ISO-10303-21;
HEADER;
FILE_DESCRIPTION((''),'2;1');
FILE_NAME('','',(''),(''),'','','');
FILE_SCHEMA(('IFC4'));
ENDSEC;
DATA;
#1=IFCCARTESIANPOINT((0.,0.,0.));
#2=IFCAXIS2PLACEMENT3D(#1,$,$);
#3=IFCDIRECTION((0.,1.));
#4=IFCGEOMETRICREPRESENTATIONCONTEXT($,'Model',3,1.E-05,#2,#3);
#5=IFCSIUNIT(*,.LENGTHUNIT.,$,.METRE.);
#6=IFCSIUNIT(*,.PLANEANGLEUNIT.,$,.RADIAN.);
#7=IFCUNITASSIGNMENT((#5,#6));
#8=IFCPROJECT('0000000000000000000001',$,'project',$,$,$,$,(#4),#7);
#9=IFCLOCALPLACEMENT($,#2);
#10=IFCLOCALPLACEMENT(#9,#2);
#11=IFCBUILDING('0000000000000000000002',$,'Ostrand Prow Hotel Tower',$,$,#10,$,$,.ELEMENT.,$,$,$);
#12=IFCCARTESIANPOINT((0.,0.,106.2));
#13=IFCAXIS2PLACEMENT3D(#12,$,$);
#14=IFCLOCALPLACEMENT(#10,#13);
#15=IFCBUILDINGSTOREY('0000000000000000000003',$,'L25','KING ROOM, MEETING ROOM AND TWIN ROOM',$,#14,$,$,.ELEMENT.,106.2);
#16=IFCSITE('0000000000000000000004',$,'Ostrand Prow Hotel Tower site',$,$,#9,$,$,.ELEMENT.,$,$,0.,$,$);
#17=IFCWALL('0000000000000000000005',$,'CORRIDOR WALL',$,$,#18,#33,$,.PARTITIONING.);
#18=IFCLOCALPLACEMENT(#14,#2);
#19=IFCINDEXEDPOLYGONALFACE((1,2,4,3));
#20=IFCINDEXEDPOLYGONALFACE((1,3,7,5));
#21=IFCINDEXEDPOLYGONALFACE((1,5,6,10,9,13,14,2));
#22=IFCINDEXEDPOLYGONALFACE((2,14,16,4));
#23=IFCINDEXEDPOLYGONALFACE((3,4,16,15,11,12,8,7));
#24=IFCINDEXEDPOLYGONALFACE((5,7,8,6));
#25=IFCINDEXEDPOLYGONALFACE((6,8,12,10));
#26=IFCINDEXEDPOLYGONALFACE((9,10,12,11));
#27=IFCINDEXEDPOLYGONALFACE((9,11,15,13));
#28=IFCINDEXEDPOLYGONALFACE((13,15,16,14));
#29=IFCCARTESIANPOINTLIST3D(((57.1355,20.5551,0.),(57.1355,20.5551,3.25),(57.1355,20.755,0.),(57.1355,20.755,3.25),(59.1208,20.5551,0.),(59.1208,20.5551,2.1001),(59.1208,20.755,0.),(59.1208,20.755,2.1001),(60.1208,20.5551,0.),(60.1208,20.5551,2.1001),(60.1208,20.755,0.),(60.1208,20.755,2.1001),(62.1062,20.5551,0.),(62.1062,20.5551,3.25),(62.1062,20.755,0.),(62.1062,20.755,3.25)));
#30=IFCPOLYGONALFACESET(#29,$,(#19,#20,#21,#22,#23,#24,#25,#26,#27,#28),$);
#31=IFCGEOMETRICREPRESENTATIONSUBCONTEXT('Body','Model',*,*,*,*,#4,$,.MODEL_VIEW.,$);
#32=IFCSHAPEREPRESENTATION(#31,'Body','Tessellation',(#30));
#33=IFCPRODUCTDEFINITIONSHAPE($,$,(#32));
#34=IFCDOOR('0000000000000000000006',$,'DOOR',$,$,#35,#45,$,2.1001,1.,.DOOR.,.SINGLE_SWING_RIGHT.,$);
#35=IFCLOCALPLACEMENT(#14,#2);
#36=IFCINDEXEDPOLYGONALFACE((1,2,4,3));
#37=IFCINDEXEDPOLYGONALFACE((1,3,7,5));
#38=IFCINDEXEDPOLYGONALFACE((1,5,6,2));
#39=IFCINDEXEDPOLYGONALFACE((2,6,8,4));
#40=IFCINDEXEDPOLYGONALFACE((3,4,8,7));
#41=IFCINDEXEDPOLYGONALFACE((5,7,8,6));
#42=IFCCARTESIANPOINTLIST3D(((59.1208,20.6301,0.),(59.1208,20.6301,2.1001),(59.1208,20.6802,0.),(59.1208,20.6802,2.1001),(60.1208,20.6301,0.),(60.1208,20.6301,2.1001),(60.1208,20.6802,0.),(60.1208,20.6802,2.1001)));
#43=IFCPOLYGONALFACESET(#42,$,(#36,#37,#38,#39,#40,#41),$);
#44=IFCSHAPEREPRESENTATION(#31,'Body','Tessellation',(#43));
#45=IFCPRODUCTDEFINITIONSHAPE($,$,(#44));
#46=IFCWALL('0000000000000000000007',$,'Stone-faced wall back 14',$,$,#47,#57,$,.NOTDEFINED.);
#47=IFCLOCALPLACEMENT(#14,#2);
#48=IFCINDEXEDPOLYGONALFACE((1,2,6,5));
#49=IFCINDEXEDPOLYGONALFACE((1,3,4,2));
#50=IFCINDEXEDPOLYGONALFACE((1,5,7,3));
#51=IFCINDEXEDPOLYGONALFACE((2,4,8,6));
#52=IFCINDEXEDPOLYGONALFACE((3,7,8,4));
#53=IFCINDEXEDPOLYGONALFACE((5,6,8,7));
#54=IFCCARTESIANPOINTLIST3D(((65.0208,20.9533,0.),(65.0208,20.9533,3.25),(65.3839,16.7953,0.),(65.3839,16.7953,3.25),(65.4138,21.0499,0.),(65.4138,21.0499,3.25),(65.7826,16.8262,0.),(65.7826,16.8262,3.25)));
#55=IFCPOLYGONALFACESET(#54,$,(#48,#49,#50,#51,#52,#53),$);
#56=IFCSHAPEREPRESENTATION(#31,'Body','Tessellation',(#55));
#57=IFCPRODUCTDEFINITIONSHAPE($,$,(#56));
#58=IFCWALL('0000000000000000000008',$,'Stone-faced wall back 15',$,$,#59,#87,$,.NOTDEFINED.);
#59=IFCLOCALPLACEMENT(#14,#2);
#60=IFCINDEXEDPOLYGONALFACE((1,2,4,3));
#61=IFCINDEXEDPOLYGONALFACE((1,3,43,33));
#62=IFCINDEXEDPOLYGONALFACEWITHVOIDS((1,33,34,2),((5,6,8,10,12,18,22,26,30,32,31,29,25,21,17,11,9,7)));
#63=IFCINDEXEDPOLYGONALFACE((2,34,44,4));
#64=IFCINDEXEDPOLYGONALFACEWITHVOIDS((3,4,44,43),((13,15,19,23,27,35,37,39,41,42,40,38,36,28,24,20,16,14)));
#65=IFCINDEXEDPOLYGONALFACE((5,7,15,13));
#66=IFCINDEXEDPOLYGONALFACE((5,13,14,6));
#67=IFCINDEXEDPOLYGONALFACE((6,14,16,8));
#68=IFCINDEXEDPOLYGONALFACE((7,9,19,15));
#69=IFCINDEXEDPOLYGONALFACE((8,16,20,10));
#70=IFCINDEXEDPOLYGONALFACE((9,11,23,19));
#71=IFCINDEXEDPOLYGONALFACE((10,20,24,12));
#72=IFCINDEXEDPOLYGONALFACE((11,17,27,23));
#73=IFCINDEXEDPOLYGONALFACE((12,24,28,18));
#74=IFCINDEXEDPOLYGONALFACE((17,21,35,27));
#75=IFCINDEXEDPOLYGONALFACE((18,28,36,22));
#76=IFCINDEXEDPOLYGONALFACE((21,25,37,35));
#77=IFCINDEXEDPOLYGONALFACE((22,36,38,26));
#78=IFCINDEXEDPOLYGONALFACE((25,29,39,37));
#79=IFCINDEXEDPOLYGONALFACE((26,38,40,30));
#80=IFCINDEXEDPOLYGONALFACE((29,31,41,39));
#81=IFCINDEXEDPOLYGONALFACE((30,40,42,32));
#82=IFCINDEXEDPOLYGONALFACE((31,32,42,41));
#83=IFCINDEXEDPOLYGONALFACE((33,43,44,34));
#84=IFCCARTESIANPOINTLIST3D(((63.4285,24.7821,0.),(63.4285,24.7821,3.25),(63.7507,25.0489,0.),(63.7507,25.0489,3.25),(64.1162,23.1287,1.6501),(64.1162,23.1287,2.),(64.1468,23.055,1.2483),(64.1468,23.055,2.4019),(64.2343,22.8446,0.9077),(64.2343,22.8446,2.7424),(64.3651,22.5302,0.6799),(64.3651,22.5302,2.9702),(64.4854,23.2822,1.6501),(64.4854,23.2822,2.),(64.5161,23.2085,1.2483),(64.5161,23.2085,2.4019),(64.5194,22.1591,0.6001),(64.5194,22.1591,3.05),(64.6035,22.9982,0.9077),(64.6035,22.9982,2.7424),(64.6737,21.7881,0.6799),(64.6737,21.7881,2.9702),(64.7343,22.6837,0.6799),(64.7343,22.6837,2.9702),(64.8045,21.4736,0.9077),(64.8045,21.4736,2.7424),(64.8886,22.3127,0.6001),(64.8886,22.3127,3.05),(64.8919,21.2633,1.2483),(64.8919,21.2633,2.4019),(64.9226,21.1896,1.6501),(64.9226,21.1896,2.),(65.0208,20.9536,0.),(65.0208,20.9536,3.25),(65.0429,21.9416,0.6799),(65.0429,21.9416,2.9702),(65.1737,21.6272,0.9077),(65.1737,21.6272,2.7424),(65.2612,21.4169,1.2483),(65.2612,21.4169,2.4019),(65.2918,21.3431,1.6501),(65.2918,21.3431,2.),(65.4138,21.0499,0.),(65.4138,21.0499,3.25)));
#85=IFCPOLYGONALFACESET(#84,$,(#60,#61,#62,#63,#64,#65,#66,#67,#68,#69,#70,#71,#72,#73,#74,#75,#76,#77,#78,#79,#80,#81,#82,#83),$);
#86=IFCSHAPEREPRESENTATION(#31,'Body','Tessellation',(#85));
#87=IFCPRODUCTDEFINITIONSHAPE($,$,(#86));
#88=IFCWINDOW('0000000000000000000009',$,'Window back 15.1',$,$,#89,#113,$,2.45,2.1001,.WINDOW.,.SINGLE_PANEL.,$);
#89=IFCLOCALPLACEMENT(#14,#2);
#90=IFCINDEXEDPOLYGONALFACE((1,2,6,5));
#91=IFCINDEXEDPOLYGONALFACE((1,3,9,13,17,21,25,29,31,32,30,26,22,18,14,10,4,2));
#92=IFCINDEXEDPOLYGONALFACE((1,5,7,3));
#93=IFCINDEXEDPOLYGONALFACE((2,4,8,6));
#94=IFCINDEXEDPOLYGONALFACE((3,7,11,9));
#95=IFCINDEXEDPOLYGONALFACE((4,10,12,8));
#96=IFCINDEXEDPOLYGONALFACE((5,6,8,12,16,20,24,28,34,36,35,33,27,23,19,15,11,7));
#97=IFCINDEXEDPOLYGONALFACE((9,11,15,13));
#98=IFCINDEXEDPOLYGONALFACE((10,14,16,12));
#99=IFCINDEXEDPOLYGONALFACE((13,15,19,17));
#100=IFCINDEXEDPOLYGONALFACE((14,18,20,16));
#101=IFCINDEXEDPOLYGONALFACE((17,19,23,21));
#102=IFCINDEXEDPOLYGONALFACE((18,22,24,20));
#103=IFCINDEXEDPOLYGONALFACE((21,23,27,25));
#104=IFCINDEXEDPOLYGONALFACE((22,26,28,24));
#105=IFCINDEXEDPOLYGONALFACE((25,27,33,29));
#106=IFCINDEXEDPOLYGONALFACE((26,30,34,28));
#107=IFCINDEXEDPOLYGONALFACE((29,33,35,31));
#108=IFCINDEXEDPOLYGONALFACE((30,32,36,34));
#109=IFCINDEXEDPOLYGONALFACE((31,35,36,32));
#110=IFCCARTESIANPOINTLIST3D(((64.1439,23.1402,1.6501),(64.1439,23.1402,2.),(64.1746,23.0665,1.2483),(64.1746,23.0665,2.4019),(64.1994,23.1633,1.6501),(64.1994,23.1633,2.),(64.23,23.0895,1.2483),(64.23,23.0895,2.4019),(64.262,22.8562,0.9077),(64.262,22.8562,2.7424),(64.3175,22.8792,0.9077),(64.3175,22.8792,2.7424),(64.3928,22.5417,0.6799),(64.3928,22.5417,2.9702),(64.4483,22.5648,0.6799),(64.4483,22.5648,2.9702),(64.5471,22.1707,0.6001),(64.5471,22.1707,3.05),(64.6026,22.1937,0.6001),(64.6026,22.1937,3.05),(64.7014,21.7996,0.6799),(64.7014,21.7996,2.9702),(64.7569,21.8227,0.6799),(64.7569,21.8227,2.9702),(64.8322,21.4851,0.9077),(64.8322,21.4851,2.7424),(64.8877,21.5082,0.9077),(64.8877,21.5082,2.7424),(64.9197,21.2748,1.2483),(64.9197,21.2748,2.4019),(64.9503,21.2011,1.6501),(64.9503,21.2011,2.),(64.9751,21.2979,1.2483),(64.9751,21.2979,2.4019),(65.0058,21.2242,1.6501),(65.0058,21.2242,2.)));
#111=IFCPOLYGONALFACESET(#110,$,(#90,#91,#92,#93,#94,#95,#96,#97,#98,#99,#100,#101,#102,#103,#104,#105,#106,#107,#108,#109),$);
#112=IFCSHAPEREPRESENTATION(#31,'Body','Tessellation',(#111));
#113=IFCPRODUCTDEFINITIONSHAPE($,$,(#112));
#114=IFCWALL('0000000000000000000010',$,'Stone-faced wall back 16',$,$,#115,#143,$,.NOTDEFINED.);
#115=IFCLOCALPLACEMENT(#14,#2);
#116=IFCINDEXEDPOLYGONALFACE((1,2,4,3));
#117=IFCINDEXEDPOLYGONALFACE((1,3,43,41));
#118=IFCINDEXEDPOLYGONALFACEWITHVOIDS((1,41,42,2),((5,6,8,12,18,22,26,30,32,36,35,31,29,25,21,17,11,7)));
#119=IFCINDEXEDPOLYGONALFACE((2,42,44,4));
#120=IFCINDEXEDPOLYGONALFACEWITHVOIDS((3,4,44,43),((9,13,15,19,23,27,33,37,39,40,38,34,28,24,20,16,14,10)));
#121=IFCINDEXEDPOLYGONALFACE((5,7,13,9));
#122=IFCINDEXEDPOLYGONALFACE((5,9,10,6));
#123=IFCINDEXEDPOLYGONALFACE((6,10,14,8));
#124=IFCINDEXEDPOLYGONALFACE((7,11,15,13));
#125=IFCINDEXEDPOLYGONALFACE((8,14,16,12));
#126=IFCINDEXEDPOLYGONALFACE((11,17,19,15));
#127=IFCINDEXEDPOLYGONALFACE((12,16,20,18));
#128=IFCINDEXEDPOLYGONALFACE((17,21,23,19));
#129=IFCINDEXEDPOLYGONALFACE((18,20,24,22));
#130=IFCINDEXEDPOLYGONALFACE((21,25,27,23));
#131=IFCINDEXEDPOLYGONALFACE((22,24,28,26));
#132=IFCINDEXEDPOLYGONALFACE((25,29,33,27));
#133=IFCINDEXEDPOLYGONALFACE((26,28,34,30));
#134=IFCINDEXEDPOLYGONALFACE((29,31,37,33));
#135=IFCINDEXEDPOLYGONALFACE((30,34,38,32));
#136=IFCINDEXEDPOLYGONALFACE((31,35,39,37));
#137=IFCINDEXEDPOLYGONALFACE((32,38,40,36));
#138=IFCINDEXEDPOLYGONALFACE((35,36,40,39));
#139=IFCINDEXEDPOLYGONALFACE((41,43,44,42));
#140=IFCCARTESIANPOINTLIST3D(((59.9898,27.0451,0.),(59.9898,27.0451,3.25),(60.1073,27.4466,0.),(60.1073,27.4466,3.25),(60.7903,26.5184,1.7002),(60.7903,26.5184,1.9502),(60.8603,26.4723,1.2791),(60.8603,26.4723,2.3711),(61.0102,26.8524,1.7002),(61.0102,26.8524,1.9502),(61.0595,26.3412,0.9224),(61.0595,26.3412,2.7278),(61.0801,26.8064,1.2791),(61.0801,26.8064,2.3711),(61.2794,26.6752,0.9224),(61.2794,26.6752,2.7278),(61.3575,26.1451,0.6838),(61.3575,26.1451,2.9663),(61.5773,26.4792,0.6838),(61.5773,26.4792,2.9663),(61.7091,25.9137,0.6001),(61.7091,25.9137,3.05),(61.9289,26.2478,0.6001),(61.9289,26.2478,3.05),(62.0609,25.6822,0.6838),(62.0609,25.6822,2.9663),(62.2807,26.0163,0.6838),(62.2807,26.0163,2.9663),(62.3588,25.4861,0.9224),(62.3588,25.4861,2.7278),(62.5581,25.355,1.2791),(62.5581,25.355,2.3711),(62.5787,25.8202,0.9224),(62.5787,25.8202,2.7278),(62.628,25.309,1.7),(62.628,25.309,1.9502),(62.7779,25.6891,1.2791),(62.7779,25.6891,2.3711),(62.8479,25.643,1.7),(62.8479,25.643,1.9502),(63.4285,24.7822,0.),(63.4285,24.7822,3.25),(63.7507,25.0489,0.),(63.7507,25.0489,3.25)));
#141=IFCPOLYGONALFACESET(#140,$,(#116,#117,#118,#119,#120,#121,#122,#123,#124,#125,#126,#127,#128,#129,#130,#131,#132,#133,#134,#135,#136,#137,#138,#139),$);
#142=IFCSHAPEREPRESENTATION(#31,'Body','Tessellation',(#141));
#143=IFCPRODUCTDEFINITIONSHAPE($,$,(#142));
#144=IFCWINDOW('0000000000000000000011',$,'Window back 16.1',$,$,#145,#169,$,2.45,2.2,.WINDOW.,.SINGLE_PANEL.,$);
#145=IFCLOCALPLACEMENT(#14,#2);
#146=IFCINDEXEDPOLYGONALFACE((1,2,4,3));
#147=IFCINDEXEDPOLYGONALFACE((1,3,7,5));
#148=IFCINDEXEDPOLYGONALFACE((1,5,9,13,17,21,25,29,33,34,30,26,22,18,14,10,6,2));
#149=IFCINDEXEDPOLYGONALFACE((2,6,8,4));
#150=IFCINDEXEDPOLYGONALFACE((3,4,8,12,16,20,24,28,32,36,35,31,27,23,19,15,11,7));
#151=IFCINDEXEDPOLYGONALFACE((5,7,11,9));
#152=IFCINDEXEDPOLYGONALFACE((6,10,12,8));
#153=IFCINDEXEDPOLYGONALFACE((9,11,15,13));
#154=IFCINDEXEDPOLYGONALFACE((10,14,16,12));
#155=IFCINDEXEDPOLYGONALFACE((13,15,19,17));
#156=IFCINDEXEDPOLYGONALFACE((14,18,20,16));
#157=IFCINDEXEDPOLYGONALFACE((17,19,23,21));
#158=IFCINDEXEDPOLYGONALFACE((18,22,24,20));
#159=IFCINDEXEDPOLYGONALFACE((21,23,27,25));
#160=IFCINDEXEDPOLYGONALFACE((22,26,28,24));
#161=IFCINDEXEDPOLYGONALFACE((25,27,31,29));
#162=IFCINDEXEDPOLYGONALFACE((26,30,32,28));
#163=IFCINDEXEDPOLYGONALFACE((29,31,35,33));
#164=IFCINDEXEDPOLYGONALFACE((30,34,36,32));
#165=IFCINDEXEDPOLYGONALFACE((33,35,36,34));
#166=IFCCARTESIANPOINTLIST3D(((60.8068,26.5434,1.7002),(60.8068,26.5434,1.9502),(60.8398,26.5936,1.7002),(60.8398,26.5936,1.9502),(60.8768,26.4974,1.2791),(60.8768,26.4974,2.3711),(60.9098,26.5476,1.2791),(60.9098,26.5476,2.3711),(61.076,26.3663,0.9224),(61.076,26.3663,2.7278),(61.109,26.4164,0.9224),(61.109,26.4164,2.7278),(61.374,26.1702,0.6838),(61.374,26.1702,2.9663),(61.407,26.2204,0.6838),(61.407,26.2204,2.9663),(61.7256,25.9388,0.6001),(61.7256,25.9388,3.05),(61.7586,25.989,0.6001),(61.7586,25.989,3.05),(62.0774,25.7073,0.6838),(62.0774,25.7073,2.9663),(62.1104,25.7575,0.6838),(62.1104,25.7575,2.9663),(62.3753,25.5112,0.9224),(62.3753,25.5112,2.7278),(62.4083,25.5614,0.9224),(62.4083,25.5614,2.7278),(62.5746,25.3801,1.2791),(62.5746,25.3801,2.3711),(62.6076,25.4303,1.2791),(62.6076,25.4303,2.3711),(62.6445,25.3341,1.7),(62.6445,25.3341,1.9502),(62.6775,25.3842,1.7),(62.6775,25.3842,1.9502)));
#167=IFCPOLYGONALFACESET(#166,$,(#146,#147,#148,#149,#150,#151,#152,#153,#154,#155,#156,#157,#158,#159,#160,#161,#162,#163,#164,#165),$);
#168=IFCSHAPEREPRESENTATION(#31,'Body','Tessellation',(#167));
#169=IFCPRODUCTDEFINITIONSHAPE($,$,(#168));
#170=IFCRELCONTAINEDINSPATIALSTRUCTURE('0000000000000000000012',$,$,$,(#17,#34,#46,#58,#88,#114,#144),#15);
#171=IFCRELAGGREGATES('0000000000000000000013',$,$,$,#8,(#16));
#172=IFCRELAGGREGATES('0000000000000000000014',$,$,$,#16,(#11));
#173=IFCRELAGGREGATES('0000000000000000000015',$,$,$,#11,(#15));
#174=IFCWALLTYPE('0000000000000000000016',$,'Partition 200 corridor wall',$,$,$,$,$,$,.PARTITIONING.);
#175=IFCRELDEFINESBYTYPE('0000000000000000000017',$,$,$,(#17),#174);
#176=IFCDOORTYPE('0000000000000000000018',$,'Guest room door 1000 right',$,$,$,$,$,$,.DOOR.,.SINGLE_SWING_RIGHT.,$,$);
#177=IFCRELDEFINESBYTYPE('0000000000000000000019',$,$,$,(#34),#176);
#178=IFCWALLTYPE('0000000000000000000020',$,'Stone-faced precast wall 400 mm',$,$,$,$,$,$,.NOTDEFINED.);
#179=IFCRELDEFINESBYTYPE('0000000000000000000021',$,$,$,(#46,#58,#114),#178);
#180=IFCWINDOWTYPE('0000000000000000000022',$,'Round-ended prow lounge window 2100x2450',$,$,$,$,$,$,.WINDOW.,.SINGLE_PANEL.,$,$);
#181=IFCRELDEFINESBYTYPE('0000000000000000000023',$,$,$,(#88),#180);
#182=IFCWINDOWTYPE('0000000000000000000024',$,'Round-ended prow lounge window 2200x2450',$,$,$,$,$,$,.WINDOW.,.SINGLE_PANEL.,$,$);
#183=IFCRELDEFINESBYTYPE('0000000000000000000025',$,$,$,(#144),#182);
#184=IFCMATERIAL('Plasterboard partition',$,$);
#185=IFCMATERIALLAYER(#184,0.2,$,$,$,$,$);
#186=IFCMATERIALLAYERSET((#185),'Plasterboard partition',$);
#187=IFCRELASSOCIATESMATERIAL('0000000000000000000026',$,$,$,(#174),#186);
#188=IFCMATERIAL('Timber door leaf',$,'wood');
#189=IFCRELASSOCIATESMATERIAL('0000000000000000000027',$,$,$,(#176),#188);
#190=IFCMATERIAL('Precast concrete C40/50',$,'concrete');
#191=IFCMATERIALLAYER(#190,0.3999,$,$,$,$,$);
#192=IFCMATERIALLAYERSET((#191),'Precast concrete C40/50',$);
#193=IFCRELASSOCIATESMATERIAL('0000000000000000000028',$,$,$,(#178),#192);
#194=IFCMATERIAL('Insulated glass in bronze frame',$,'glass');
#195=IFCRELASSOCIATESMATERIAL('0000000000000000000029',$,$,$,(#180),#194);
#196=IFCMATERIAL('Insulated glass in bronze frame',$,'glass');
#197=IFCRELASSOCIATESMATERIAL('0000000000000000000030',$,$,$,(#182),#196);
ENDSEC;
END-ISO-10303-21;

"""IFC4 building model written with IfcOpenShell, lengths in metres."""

from ifc_helpers import new_model, si_unit, direction, frame, frame_2d, origin, place, context, subcontext, project, spatial, polyline, rectangle, outline, extrude, material, layer, layer_set, type_object, element, fill, save


model = new_model("IFC4")

# Units and contexts
model_context = context("Model", 3, precision=1e-05, world=origin(), true_north=direction((0.0, 1.0)))
body_context = subcontext(model_context, "Body", "Model", "MODEL_VIEW")
ifc_project = project(units=[si_unit("LENGTHUNIT", "METRE"), si_unit("PLANEANGLEUNIT", "RADIAN")], contexts=[model_context])

# Site, building, storey
site_placement = place(None, origin())
site = spatial("IfcSite", under=ifc_project, at=site_placement, Name="Ostrand Prow Hotel Tower site", CompositionType="ELEMENT", RefElevation=0.0)
building_placement = place(site_placement, origin())
building = spatial("IfcBuilding", under=site, at=building_placement, Name="Ostrand Prow Hotel Tower", CompositionType="ELEMENT")
storey_placement = place(building_placement, frame((0.0, 0.0, 106.2)))
storey = spatial("IfcBuildingStorey", under=building, at=storey_placement, Name="L25", Description="KING ROOM, MEETING ROOM AND TWIN ROOM", CompositionType="ELEMENT", Elevation=106.2)

# Wall, opening, door
ifc_material_1 = material(Name="Plasterboard partition")
ifc_layer_1 = layer(ifc_material_1, 0.2)
ifc_layer_set_1 = layer_set([ifc_layer_1], Name="Plasterboard partition")
wall_type_1 = type_object("IfcWallType", Name="Partition 200 corridor wall", PredefinedType="PARTITIONING", material=ifc_layer_set_1)
wall_1_placement = place(storey_placement, frame((62.1062, 20.655, 0.0), z_axis=(0.0, 0.0, 1.0), x_axis=(-1.0, 0.0, 0.0)))
wall_1 = element("IfcWall", 1, at=wall_1_placement, inside=storey, type_object=wall_type_1, Name="CORRIDOR WALL", PredefinedType="PARTITIONING", context=body_context, shape_type="SweptSolid", body=[
    extrude(rectangle(XDim=4.9707, YDim=0.2, at=frame_2d((2.4854, 0.0))), origin(), (0.0, 0.0, 1.0), 3.25),
])
opening_1_placement = place(wall_1_placement, frame((1.9854, 0.0, 0.0)))
opening_1 = element("IfcOpeningElement", 2, at=opening_1_placement, cuts=wall_1, PredefinedType="OPENING", context=body_context, shape_type="SweptSolid", body=[
    extrude(rectangle(XDim=1.0, YDim=2.1001, at=frame_2d((0.5, 1.05))), frame((0.0, 0.1099, 0.0), z_axis=(0.0, -1.0, 0.0), x_axis=(1.0, 0.0, 0.0)), (0.0, 0.0, 1.0), 0.22),
])
ifc_material_2 = material(Name="Timber door leaf", Category="wood")
door_type_1 = type_object("IfcDoorType", Name="Guest room door 1000 right", OperationType="SINGLE_SWING_RIGHT", PredefinedType="DOOR", material=ifc_material_2)
door_1_placement = place(opening_1_placement, origin())
door_1 = element("IfcDoor", 3, at=door_1_placement, inside=storey, type_object=door_type_1, Name="DOOR", OperationType="SINGLE_SWING_RIGHT", OverallHeight=2.1001, OverallWidth=1.0, PredefinedType="DOOR", context=body_context, shape_type="SweptSolid", body=[
    extrude(rectangle(XDim=1.0, YDim=2.1001, at=frame_2d((0.5, 1.05))), frame((0.0, 0.0249, 0.0), z_axis=(0.0, -1.0, 0.0), x_axis=(1.0, 0.0, 0.0)), (0.0, 0.0, 1.0), 0.05),
])
fill(opening_1, door_1)

# Wall
ifc_material_3 = material(Name="Precast concrete C40/50", Category="concrete")
ifc_layer_2 = layer(ifc_material_3, 0.3999)
ifc_layer_set_2 = layer_set([ifc_layer_2], Name="Precast concrete C40/50")
wall_type_2 = type_object("IfcWallType", Name="Stone-faced precast wall 400 mm", PredefinedType="NOTDEFINED", material=ifc_layer_set_2)
wall_2_placement = place(storey_placement, frame((65.5833, 16.8108, 0.0), z_axis=(0.0, 0.0, 1.0), x_axis=(-0.086993, 0.996209, 0.0)))
element("IfcWall", 4, at=wall_2_placement, inside=storey, type_object=wall_type_2, Name="Stone-faced wall back 14", PredefinedType="NOTDEFINED", context=body_context, shape_type="SweptSolid", body=[
    extrude(outline(polyline([(-0.002, -0.2), (4.2378, -0.2), (4.1758, 0.2), (0.002, 0.2), (-0.002, -0.2)])), origin(), (0.0, 0.0, 1.0), 3.25),
])

# Walls, openings, windows
wall_3_placement = place(storey_placement, frame((65.2173, 21.0017, 0.0), z_axis=(0.0, 0.0, 1.0), x_axis=(-0.383998, 0.923334, 0.0)))
wall_3 = element("IfcWall", 5, at=wall_3_placement, inside=storey, type_object=wall_type_2, Name="Stone-faced wall back 15", PredefinedType="NOTDEFINED", context=body_context, shape_type="SweptSolid", body=[
    extrude(outline(polyline([(-0.031, -0.2), (4.3, -0.2), (4.1775, 0.2), (0.031, 0.2), (-0.031, -0.2)])), origin(), (0.0, 0.0, 1.0), 3.25),
])
opening_2_placement = place(wall_3_placement, frame((0.2866, 0.0, 0.6001)))
opening_2 = element("IfcOpeningElement", 6, at=opening_2_placement, cuts=wall_3, PredefinedType="OPENING", context=body_context, shape_type="SweptSolid", body=[
    extrude(outline(polyline([(0.0, 1.3999), (0.0798, 1.8018), (0.3076, 2.1423), (0.6482, 2.3701), (1.05, 2.45), (1.4519, 2.3701), (1.7925, 2.1423), (2.0203, 1.8018), (2.1001, 1.3999), (2.1001, 1.05), (2.0203, 0.6482), (1.7925, 0.3076), (1.4519, 0.0798), (1.05, 0.0), (0.6482, 0.0798), (0.3076, 0.3076), (0.0798, 0.6482), (0.0, 1.05), (0.0, 1.3999)])), frame((0.0, 0.21, 0.0), z_axis=(0.0, -1.0, 0.0), x_axis=(1.0, 0.0, 0.0)), (0.0, 0.0, 1.0), 0.4199),
])
ifc_material_4 = material(Name="Insulated glass in bronze frame", Category="glass")
window_type_1 = type_object("IfcWindowType", Name="Round-ended prow lounge window 2100x2450", PartitioningType="SINGLE_PANEL", PredefinedType="WINDOW", material=ifc_material_4)
window_1_placement = place(opening_2_placement, origin())
window_1 = element("IfcWindow", 7, at=window_1_placement, inside=storey, type_object=window_type_1, Name="Window back 15.1", OverallHeight=2.45, OverallWidth=2.1001, PartitioningType="SINGLE_PANEL", PredefinedType="WINDOW", context=body_context, shape_type="SweptSolid", body=[
    extrude(outline(polyline([(0.0, 1.3999), (0.0798, 1.8018), (0.3076, 2.1423), (0.6482, 2.3701), (1.05, 2.45), (1.4519, 2.3701), (1.7925, 2.1423), (2.0203, 1.8018), (2.1001, 1.3999), (2.1001, 1.05), (2.0203, 0.6482), (1.7925, 0.3076), (1.4519, 0.0798), (1.05, 0.0), (0.6482, 0.0798), (0.3076, 0.3076), (0.0798, 0.6482), (0.0, 1.05), (0.0, 1.3999)])), frame((0.0, 0.1699, 0.0), z_axis=(0.0, -1.0, 0.0), x_axis=(1.0, 0.0, 0.0)), (0.0, 0.0, 1.0), 0.0601),
])
fill(opening_2, window_1)
wall_4_placement = place(storey_placement, frame((63.5896, 24.9155, 0.0), z_axis=(0.0, 0.0, 1.0), x_axis=(-0.835341, 0.549733, 0.0)))
wall_4 = element("IfcWall", 8, at=wall_4_placement, inside=storey, type_object=wall_type_2, Name="Stone-faced wall back 16", PredefinedType="NOTDEFINED", context=body_context, shape_type="SweptSolid", body=[
    extrude(outline(polyline([(-0.0613, -0.2), (4.3003, -0.2), (4.1777, 0.2), (0.0613, 0.2), (-0.0613, -0.2)])), origin(), (0.0, 0.0, 1.0), 3.25),
])
opening_3_placement = place(wall_4_placement, frame((1.0195, 0.0, 0.6001)))
opening_3 = element("IfcOpeningElement", 9, at=opening_3_placement, cuts=wall_4, PredefinedType="OPENING", context=body_context, shape_type="SweptSolid", body=[
    extrude(outline(polyline([(0.0, 1.3501), (0.0837, 1.771), (0.3223, 2.1277), (0.679, 2.3662), (1.1001, 2.45), (1.521, 2.3662), (1.8777, 2.1277), (2.1162, 1.771), (2.2, 1.3501), (2.2, 1.1001), (2.1162, 0.679), (1.8777, 0.3223), (1.521, 0.0837), (1.1001, 0.0), (0.679, 0.0837), (0.3223, 0.3223), (0.0837, 0.679), (0.0, 1.0999), (0.0, 1.3501)])), frame((0.0, 0.21, 0.0), z_axis=(0.0, -1.0, 0.0), x_axis=(1.0, 0.0, 0.0)), (0.0, 0.0, 1.0), 0.4199),
])
ifc_material_5 = material(Name="Insulated glass in bronze frame", Category="glass")
window_type_2 = type_object("IfcWindowType", Name="Round-ended prow lounge window 2200x2450", PartitioningType="SINGLE_PANEL", PredefinedType="WINDOW", material=ifc_material_5)
window_2_placement = place(opening_3_placement, origin())
window_2 = element("IfcWindow", 10, at=window_2_placement, inside=storey, type_object=window_type_2, Name="Window back 16.1", OverallHeight=2.45, OverallWidth=2.2, PartitioningType="SINGLE_PANEL", PredefinedType="WINDOW", context=body_context, shape_type="SweptSolid", body=[
    extrude(outline(polyline([(0.0, 1.3501), (0.0837, 1.771), (0.3223, 2.1277), (0.679, 2.3662), (1.1001, 2.45), (1.521, 2.3662), (1.8777, 2.1277), (2.1162, 1.771), (2.2, 1.3501), (2.2, 1.1001), (2.1162, 0.679), (1.8777, 0.3223), (1.521, 0.0837), (1.1001, 0.0), (0.679, 0.0837), (0.3223, 0.3223), (0.0837, 0.679), (0.0, 1.0999), (0.0, 1.3501)])), frame((0.0, 0.1699, 0.0), z_axis=(0.0, -1.0, 0.0), x_axis=(1.0, 0.0, 0.0)), (0.0, 0.0, 1.0), 0.0601),
])
fill(opening_3, window_2)

save(model, "model.ifc")
